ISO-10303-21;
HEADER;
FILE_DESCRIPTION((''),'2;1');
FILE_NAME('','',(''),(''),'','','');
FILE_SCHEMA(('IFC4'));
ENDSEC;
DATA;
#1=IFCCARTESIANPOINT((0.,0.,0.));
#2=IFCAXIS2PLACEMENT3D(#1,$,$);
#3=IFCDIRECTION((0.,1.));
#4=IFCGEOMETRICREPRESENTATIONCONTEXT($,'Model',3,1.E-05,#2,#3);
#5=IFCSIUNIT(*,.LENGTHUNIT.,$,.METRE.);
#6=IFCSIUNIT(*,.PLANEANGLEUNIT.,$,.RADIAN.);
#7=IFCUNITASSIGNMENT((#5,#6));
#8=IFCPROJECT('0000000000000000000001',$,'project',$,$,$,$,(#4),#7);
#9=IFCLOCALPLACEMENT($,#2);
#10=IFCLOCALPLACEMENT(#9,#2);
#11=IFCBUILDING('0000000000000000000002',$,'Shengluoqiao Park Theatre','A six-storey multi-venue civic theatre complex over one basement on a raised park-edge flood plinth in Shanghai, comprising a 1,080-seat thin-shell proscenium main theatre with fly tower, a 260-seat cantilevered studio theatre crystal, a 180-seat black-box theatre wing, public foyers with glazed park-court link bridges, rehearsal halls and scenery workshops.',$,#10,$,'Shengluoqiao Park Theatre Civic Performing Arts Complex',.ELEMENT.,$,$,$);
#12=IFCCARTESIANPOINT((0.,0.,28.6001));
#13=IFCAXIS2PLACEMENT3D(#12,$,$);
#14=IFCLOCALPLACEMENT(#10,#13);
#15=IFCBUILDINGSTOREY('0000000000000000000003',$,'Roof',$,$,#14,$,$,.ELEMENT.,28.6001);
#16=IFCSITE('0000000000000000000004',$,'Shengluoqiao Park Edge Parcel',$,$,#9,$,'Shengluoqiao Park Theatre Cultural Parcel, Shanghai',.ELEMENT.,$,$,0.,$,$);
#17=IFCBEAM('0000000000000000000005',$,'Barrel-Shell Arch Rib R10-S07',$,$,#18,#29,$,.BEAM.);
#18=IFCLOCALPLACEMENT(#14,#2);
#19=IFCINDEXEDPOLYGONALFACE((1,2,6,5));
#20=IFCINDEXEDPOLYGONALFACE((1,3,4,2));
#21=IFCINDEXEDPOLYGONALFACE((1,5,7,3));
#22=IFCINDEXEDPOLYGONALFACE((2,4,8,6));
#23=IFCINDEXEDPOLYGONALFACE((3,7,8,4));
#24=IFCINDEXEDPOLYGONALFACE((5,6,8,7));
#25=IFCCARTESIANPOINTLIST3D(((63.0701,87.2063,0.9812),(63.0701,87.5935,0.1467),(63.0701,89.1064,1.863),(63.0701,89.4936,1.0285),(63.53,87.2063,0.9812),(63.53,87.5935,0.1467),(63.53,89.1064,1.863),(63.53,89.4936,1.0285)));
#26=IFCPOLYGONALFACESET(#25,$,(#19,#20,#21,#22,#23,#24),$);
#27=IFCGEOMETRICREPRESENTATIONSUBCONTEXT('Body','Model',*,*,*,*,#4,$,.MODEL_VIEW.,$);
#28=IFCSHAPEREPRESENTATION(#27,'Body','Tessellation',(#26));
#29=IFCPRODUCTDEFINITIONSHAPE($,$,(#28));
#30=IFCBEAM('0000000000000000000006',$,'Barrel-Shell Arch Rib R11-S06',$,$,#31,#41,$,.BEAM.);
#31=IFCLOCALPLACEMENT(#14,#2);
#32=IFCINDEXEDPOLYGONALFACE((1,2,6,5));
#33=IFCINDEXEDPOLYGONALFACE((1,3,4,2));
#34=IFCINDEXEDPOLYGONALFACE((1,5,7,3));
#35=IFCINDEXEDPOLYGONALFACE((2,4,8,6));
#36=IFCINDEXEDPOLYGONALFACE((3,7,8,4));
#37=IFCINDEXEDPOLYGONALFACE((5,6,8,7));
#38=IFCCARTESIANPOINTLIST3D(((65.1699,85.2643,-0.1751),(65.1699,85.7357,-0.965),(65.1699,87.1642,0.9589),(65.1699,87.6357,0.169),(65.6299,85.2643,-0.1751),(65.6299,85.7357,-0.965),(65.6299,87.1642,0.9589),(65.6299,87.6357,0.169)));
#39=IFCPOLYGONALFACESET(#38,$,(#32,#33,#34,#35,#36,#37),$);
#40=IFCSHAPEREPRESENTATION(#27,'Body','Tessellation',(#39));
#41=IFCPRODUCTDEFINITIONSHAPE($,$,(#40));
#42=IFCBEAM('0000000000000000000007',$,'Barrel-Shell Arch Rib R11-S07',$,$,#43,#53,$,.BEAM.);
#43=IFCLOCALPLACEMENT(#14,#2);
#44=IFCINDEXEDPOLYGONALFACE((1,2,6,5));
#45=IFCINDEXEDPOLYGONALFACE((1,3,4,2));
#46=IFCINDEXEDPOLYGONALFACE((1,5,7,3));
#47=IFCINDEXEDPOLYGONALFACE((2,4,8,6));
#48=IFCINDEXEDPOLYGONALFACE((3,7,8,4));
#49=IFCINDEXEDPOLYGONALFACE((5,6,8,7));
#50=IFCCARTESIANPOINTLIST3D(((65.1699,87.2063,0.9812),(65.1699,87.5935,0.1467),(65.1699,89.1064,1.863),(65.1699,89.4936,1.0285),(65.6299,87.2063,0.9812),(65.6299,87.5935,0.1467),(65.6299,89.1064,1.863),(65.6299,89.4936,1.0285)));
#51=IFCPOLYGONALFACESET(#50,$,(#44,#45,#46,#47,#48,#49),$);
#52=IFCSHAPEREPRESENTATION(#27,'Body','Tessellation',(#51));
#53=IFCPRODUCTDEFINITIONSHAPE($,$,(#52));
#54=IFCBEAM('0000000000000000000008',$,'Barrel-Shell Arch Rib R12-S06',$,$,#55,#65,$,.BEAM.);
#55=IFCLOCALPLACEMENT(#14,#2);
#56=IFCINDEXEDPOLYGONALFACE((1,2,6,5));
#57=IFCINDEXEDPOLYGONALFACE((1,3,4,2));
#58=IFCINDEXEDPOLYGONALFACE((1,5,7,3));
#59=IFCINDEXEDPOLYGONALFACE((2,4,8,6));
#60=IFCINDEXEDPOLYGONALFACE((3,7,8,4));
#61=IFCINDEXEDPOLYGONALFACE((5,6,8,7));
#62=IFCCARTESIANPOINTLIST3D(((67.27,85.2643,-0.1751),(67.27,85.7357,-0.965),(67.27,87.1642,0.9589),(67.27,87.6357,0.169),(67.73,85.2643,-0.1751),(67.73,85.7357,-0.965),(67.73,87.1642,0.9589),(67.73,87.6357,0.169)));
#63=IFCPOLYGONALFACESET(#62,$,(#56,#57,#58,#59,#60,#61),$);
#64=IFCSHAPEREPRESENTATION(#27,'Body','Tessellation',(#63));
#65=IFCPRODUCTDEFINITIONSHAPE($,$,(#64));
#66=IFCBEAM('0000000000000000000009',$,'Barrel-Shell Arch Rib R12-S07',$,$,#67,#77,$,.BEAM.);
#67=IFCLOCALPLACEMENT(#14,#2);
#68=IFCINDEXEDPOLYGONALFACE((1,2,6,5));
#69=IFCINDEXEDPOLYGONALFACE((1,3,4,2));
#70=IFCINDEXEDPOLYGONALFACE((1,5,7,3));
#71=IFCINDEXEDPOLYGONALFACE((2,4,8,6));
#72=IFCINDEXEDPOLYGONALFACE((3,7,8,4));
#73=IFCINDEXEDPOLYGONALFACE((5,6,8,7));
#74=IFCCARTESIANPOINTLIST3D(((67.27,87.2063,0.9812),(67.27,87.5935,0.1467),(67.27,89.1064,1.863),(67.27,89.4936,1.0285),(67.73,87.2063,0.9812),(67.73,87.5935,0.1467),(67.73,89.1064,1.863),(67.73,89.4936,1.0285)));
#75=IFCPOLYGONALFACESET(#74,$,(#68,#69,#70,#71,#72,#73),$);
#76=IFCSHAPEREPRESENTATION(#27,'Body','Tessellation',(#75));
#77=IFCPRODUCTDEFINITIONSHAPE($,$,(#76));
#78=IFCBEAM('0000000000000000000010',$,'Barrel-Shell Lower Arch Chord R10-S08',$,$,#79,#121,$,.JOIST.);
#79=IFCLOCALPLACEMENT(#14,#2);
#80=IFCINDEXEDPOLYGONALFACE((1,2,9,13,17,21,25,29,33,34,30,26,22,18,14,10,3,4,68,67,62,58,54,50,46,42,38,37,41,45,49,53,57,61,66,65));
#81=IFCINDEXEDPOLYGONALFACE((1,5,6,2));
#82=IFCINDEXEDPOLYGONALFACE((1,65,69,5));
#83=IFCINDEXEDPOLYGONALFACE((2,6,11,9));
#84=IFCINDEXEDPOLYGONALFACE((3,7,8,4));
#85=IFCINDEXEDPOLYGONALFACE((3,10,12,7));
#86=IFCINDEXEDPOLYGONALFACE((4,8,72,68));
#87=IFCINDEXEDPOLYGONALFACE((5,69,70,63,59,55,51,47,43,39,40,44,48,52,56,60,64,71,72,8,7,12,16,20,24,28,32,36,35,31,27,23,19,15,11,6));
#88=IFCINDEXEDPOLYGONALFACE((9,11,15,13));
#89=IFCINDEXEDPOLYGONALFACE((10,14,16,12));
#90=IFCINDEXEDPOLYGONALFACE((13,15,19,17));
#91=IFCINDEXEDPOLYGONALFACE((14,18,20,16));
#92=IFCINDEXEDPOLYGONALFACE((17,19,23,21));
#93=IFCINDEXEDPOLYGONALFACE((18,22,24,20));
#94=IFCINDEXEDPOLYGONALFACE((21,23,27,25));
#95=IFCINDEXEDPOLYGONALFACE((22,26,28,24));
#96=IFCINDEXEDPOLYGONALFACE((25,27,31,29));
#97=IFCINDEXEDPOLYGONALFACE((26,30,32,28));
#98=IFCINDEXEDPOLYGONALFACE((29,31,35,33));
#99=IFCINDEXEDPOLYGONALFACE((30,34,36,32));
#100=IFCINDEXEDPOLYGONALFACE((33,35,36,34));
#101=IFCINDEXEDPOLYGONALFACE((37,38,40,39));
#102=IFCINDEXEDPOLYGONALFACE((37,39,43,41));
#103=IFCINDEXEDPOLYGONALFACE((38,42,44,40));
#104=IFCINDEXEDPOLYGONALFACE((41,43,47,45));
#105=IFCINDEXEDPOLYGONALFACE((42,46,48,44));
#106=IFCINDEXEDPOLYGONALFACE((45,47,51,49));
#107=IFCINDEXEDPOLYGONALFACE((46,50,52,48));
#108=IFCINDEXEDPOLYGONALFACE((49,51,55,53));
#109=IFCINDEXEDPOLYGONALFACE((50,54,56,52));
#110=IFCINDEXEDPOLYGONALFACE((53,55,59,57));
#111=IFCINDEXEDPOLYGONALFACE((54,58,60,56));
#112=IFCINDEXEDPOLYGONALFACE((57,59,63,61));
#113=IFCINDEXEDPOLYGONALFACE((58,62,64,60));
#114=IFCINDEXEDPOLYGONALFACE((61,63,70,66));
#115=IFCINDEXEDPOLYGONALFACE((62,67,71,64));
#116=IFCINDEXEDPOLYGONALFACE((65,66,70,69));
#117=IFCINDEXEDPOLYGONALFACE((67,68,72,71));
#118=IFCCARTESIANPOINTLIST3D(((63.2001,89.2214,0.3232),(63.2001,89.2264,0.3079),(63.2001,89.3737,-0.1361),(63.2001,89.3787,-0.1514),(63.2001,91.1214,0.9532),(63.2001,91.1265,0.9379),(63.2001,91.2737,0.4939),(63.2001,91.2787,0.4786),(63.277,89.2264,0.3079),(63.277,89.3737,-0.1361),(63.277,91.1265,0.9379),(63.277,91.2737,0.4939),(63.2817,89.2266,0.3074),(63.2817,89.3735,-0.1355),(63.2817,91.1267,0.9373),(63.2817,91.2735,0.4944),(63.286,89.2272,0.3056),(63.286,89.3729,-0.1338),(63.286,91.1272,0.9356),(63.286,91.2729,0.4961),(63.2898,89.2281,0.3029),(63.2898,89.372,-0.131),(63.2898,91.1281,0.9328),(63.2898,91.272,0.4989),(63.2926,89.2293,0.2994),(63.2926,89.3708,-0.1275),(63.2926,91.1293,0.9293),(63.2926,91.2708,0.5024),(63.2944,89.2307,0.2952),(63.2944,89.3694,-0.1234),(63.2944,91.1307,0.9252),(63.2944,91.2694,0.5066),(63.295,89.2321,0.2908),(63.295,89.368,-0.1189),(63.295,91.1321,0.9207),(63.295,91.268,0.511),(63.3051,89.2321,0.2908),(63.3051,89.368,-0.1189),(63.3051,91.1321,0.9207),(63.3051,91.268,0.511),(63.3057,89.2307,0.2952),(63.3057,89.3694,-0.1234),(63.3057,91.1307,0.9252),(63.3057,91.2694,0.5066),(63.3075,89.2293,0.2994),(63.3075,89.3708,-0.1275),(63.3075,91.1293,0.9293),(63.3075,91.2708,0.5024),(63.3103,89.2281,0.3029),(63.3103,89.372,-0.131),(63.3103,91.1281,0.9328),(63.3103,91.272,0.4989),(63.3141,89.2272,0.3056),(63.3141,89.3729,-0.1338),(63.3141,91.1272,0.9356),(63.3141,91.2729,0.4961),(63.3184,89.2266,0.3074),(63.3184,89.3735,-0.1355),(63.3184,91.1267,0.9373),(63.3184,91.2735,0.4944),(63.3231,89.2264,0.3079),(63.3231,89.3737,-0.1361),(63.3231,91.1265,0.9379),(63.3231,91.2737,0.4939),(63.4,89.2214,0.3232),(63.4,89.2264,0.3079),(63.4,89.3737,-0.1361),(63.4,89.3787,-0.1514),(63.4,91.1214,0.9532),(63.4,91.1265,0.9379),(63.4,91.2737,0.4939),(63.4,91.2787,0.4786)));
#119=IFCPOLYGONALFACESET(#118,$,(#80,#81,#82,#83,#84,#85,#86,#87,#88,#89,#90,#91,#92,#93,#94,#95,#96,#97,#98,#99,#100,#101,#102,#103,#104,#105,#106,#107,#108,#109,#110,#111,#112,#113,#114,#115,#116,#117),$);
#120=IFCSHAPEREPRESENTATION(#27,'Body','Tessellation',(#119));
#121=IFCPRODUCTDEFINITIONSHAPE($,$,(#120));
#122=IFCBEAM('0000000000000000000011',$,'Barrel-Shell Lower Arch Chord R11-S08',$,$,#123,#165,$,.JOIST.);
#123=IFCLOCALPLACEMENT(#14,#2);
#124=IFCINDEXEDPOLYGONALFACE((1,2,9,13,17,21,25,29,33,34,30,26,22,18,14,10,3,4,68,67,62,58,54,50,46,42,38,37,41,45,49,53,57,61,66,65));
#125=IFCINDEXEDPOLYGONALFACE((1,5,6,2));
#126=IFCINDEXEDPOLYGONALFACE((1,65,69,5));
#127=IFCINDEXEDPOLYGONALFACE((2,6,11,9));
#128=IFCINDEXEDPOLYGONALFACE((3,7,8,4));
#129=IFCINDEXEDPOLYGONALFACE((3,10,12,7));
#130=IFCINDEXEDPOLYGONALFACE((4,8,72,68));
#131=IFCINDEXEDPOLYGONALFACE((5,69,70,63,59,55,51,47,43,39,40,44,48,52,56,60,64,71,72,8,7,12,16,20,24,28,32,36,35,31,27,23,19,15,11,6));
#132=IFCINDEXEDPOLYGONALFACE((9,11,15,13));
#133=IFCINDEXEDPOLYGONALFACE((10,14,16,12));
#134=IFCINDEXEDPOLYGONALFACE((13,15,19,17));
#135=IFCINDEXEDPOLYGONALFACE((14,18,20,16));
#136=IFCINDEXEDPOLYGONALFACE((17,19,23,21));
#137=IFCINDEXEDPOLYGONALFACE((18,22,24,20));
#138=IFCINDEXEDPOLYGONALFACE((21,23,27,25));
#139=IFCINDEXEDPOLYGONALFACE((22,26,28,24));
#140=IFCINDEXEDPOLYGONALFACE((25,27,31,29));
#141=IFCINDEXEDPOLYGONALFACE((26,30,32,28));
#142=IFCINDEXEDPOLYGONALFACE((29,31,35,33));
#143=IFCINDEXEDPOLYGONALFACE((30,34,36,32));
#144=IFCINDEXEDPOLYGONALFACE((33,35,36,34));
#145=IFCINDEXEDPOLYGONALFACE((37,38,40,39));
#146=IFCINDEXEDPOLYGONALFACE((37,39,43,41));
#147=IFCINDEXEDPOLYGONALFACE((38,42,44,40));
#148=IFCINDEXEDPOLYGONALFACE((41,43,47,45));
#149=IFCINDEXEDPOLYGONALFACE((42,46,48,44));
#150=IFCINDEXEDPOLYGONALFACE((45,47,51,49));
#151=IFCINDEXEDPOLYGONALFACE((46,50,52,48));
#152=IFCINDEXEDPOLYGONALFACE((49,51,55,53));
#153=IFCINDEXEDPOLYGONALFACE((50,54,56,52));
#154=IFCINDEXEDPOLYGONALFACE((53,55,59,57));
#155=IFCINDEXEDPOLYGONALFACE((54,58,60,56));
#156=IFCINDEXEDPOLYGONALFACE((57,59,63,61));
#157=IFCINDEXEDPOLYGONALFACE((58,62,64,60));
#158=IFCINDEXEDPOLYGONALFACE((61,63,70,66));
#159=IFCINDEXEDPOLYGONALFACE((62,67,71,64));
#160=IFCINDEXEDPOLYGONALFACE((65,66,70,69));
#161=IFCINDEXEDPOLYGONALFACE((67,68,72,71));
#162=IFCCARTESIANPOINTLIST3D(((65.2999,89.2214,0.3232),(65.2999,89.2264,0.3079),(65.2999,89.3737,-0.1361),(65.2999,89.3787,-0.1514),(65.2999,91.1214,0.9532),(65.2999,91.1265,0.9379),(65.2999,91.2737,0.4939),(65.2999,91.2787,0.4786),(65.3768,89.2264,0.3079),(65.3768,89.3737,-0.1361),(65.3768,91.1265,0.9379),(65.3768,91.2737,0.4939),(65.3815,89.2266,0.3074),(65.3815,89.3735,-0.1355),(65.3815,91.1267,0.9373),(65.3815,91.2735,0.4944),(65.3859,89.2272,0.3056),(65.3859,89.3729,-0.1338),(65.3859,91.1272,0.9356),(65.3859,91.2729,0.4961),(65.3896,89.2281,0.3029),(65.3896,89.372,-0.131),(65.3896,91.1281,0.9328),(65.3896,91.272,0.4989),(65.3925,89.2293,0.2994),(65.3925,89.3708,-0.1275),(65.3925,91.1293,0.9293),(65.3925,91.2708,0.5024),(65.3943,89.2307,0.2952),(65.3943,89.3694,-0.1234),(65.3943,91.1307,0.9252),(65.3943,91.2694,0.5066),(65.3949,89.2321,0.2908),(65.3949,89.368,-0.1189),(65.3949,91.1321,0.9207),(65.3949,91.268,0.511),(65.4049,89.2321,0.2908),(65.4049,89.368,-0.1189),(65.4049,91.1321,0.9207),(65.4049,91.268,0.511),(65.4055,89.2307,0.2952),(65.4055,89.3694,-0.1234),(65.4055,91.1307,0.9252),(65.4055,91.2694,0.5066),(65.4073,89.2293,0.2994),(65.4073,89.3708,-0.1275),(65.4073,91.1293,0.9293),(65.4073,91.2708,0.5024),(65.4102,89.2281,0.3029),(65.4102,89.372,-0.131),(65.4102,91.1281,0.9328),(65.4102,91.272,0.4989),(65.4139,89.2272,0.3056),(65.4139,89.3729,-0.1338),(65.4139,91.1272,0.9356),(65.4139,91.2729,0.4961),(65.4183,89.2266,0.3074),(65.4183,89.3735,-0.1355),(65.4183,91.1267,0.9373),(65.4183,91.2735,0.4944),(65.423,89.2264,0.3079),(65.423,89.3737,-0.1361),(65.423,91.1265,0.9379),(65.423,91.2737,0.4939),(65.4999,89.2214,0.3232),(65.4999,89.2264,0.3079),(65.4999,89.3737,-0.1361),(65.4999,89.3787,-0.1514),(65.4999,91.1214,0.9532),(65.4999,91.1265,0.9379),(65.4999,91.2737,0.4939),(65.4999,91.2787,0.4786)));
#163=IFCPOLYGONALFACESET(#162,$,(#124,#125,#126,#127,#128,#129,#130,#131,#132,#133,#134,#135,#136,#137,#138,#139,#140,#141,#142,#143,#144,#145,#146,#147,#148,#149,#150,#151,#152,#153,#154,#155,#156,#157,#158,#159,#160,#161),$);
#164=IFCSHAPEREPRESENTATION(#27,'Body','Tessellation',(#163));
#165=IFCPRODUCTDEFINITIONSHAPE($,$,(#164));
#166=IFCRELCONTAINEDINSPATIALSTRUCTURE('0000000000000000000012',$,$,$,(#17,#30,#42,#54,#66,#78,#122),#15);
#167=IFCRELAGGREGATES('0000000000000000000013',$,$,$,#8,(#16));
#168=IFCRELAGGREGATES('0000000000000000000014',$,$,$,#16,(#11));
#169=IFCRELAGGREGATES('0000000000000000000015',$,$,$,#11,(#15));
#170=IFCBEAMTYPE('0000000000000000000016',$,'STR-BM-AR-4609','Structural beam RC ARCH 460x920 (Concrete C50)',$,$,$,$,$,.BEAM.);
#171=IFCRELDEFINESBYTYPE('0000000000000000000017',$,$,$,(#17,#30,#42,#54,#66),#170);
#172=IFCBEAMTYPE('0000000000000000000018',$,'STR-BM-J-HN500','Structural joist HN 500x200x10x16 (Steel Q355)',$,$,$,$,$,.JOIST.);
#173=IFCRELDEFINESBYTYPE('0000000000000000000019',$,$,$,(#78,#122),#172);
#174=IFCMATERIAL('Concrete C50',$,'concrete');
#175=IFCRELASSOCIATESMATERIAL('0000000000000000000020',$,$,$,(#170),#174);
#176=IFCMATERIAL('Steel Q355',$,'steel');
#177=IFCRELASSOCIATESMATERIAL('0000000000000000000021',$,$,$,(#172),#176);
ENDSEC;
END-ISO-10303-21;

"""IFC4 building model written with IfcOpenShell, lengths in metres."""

from ifc_helpers import new_model, si_unit, direction, frame, origin, origin_2d, place, context, subcontext, project, spatial, rectangle, i_section, extrude, material, material_profile, profile_set, type_object, element, save


model = new_model("IFC4")

# Units and contexts
model_context = context("Model", 3, precision=1e-05, world=origin(), true_north=direction((0.0, 1.0)))
body_context = subcontext(model_context, "Body", "Model", "MODEL_VIEW")
ifc_project = project(units=[si_unit("LENGTHUNIT", "METRE"), si_unit("PLANEANGLEUNIT", "RADIAN")], contexts=[model_context])

# Site, building, storey
site_placement = place(None, origin())
site = spatial("IfcSite", under=ifc_project, at=site_placement, Name="Shengluoqiao Park Edge Parcel", LongName="Shengluoqiao Park Theatre Cultural Parcel, Shanghai", CompositionType="ELEMENT", RefElevation=0.0)
building_placement = place(site_placement, origin())
building = spatial("IfcBuilding", under=site, at=building_placement, Name="Shengluoqiao Park Theatre", Description="A six-storey multi-venue civic theatre complex over one basement on a raised park-edge flood plinth in Shanghai, comprising a 1,080-seat thin-shell proscenium main theatre with fly tower, a 260-seat cantilevered studio theatre crystal, a 180-seat black-box theatre wing, public foyers with glazed park-court link bridges, rehearsal halls and scenery workshops.", LongName="Shengluoqiao Park Theatre Civic Performing Arts Complex", CompositionType="ELEMENT")
storey_placement = place(building_placement, frame((0.0, 0.0, 28.6001)))
storey = spatial("IfcBuildingStorey", under=building, at=storey_placement, Name="Roof", CompositionType="ELEMENT", Elevation=28.6001)

# Beams
ifc_material_1 = material(Name="Concrete C50", Category="concrete")
ifc_material_profile_1 = material_profile(ifc_material_1, rectangle(XDim=0.46, YDim=0.9199, at=origin_2d()), Name="RC ARCH 460x920")
ifc_profile_set_1 = profile_set([ifc_material_profile_1], Name="Concrete C50")
beam_type_1 = type_object("IfcBeamType", Name="STR-BM-AR-4609", Description="Structural beam RC ARCH 460x920 (Concrete C50)", PredefinedType="BEAM", material=ifc_profile_set_1)
beam_1_placement = place(storey_placement, frame((63.3, 87.3999, 0.564), z_axis=(0.0, 0.907077, 0.420964), x_axis=(-1.0, 0.0, 0.0)))
element("IfcBeam", 1, at=beam_1_placement, inside=storey, type_object=beam_type_1, Name="Barrel-Shell Arch Rib R10-S07", PredefinedType="BEAM", context=body_context, shape_type="SweptSolid", body=[
    extrude(rectangle(XDim=0.46, YDim=0.9199, at=origin_2d()), origin(), (0.0, 0.0, 1.0), 2.0947),
])
beam_2_placement = place(storey_placement, frame((65.3999, 85.5, -0.5701), z_axis=(0.0, 0.858669, 0.512531), x_axis=(-1.0, 0.0, 0.0)))
element("IfcBeam", 2, at=beam_2_placement, inside=storey, type_object=beam_type_1, Name="Barrel-Shell Arch Rib R11-S06", PredefinedType="BEAM", context=body_context, shape_type="SweptSolid", body=[
    extrude(rectangle(XDim=0.46, YDim=0.9199, at=origin_2d()), origin(), (0.0, 0.0, 1.0), 2.2126),
])
beam_3_placement = place(storey_placement, frame((65.3999, 87.3999, 0.564), z_axis=(0.0, 0.907077, 0.420964), x_axis=(-1.0, 0.0, 0.0)))
element("IfcBeam", 3, at=beam_3_placement, inside=storey, type_object=beam_type_1, Name="Barrel-Shell Arch Rib R11-S07", PredefinedType="BEAM", context=body_context, shape_type="SweptSolid", body=[
    extrude(rectangle(XDim=0.46, YDim=0.9199, at=origin_2d()), origin(), (0.0, 0.0, 1.0), 2.0947),
])
beam_4_placement = place(storey_placement, frame((67.5, 85.5, -0.5701), z_axis=(0.0, 0.858669, 0.512531), x_axis=(-1.0, 0.0, 0.0)))
element("IfcBeam", 4, at=beam_4_placement, inside=storey, type_object=beam_type_1, Name="Barrel-Shell Arch Rib R12-S06", PredefinedType="BEAM", context=body_context, shape_type="SweptSolid", body=[
    extrude(rectangle(XDim=0.46, YDim=0.9199, at=origin_2d()), origin(), (0.0, 0.0, 1.0), 2.2126),
])
beam_5_placement = place(storey_placement, frame((67.5, 87.3999, 0.564), z_axis=(0.0, 0.907077, 0.420964), x_axis=(-1.0, 0.0, 0.0)))
element("IfcBeam", 5, at=beam_5_placement, inside=storey, type_object=beam_type_1, Name="Barrel-Shell Arch Rib R12-S07", PredefinedType="BEAM", context=body_context, shape_type="SweptSolid", body=[
    extrude(rectangle(XDim=0.46, YDim=0.9199, at=origin_2d()), origin(), (0.0, 0.0, 1.0), 2.0947),
])
ifc_material_2 = material(Name="Steel Q355", Category="steel")
ifc_material_profile_2 = material_profile(ifc_material_2, i_section(OverallWidth=0.2, OverallDepth=0.5, WebThickness=0.01, FlangeThickness=0.0161, FilletRadius=0.0181, at=origin_2d()), Name="HN 500x200x10x16")
ifc_profile_set_2 = profile_set([ifc_material_profile_2], Name="Steel Q355")
beam_type_2 = type_object("IfcBeamType", Name="STR-BM-J-HN500", Description="Structural joist HN 500x200x10x16 (Steel Q355)", PredefinedType="JOIST", material=ifc_profile_set_2)
for number, where, z_axis, x_axis, name in (
    (6, (63.3, 89.3, 0.0859), (0.0, 0.949194, 0.31469), (-1.0, 0.0, 0.0), "Barrel-Shell Lower Arch Chord R10-S08"),
    (7, (65.3999, 89.3, 0.0859), (0.0, 0.949194, 0.31469), (-1.0, 0.0, 0.0), "Barrel-Shell Lower Arch Chord R11-S08"),
):
    element("IfcBeam", number, at=place(storey_placement, frame(where, z_axis=z_axis, x_axis=x_axis)), inside=storey, type_object=beam_type_2, Name=name, PredefinedType="JOIST", context=body_context, shape_type="SweptSolid", body=[
        extrude(i_section(OverallWidth=0.2, OverallDepth=0.5, WebThickness=0.01, FlangeThickness=0.0161, FilletRadius=0.0181, at=origin_2d()), origin(), (0.0, 0.0, 1.0), 2.0017),
    ])

save(model, "model.ifc")
